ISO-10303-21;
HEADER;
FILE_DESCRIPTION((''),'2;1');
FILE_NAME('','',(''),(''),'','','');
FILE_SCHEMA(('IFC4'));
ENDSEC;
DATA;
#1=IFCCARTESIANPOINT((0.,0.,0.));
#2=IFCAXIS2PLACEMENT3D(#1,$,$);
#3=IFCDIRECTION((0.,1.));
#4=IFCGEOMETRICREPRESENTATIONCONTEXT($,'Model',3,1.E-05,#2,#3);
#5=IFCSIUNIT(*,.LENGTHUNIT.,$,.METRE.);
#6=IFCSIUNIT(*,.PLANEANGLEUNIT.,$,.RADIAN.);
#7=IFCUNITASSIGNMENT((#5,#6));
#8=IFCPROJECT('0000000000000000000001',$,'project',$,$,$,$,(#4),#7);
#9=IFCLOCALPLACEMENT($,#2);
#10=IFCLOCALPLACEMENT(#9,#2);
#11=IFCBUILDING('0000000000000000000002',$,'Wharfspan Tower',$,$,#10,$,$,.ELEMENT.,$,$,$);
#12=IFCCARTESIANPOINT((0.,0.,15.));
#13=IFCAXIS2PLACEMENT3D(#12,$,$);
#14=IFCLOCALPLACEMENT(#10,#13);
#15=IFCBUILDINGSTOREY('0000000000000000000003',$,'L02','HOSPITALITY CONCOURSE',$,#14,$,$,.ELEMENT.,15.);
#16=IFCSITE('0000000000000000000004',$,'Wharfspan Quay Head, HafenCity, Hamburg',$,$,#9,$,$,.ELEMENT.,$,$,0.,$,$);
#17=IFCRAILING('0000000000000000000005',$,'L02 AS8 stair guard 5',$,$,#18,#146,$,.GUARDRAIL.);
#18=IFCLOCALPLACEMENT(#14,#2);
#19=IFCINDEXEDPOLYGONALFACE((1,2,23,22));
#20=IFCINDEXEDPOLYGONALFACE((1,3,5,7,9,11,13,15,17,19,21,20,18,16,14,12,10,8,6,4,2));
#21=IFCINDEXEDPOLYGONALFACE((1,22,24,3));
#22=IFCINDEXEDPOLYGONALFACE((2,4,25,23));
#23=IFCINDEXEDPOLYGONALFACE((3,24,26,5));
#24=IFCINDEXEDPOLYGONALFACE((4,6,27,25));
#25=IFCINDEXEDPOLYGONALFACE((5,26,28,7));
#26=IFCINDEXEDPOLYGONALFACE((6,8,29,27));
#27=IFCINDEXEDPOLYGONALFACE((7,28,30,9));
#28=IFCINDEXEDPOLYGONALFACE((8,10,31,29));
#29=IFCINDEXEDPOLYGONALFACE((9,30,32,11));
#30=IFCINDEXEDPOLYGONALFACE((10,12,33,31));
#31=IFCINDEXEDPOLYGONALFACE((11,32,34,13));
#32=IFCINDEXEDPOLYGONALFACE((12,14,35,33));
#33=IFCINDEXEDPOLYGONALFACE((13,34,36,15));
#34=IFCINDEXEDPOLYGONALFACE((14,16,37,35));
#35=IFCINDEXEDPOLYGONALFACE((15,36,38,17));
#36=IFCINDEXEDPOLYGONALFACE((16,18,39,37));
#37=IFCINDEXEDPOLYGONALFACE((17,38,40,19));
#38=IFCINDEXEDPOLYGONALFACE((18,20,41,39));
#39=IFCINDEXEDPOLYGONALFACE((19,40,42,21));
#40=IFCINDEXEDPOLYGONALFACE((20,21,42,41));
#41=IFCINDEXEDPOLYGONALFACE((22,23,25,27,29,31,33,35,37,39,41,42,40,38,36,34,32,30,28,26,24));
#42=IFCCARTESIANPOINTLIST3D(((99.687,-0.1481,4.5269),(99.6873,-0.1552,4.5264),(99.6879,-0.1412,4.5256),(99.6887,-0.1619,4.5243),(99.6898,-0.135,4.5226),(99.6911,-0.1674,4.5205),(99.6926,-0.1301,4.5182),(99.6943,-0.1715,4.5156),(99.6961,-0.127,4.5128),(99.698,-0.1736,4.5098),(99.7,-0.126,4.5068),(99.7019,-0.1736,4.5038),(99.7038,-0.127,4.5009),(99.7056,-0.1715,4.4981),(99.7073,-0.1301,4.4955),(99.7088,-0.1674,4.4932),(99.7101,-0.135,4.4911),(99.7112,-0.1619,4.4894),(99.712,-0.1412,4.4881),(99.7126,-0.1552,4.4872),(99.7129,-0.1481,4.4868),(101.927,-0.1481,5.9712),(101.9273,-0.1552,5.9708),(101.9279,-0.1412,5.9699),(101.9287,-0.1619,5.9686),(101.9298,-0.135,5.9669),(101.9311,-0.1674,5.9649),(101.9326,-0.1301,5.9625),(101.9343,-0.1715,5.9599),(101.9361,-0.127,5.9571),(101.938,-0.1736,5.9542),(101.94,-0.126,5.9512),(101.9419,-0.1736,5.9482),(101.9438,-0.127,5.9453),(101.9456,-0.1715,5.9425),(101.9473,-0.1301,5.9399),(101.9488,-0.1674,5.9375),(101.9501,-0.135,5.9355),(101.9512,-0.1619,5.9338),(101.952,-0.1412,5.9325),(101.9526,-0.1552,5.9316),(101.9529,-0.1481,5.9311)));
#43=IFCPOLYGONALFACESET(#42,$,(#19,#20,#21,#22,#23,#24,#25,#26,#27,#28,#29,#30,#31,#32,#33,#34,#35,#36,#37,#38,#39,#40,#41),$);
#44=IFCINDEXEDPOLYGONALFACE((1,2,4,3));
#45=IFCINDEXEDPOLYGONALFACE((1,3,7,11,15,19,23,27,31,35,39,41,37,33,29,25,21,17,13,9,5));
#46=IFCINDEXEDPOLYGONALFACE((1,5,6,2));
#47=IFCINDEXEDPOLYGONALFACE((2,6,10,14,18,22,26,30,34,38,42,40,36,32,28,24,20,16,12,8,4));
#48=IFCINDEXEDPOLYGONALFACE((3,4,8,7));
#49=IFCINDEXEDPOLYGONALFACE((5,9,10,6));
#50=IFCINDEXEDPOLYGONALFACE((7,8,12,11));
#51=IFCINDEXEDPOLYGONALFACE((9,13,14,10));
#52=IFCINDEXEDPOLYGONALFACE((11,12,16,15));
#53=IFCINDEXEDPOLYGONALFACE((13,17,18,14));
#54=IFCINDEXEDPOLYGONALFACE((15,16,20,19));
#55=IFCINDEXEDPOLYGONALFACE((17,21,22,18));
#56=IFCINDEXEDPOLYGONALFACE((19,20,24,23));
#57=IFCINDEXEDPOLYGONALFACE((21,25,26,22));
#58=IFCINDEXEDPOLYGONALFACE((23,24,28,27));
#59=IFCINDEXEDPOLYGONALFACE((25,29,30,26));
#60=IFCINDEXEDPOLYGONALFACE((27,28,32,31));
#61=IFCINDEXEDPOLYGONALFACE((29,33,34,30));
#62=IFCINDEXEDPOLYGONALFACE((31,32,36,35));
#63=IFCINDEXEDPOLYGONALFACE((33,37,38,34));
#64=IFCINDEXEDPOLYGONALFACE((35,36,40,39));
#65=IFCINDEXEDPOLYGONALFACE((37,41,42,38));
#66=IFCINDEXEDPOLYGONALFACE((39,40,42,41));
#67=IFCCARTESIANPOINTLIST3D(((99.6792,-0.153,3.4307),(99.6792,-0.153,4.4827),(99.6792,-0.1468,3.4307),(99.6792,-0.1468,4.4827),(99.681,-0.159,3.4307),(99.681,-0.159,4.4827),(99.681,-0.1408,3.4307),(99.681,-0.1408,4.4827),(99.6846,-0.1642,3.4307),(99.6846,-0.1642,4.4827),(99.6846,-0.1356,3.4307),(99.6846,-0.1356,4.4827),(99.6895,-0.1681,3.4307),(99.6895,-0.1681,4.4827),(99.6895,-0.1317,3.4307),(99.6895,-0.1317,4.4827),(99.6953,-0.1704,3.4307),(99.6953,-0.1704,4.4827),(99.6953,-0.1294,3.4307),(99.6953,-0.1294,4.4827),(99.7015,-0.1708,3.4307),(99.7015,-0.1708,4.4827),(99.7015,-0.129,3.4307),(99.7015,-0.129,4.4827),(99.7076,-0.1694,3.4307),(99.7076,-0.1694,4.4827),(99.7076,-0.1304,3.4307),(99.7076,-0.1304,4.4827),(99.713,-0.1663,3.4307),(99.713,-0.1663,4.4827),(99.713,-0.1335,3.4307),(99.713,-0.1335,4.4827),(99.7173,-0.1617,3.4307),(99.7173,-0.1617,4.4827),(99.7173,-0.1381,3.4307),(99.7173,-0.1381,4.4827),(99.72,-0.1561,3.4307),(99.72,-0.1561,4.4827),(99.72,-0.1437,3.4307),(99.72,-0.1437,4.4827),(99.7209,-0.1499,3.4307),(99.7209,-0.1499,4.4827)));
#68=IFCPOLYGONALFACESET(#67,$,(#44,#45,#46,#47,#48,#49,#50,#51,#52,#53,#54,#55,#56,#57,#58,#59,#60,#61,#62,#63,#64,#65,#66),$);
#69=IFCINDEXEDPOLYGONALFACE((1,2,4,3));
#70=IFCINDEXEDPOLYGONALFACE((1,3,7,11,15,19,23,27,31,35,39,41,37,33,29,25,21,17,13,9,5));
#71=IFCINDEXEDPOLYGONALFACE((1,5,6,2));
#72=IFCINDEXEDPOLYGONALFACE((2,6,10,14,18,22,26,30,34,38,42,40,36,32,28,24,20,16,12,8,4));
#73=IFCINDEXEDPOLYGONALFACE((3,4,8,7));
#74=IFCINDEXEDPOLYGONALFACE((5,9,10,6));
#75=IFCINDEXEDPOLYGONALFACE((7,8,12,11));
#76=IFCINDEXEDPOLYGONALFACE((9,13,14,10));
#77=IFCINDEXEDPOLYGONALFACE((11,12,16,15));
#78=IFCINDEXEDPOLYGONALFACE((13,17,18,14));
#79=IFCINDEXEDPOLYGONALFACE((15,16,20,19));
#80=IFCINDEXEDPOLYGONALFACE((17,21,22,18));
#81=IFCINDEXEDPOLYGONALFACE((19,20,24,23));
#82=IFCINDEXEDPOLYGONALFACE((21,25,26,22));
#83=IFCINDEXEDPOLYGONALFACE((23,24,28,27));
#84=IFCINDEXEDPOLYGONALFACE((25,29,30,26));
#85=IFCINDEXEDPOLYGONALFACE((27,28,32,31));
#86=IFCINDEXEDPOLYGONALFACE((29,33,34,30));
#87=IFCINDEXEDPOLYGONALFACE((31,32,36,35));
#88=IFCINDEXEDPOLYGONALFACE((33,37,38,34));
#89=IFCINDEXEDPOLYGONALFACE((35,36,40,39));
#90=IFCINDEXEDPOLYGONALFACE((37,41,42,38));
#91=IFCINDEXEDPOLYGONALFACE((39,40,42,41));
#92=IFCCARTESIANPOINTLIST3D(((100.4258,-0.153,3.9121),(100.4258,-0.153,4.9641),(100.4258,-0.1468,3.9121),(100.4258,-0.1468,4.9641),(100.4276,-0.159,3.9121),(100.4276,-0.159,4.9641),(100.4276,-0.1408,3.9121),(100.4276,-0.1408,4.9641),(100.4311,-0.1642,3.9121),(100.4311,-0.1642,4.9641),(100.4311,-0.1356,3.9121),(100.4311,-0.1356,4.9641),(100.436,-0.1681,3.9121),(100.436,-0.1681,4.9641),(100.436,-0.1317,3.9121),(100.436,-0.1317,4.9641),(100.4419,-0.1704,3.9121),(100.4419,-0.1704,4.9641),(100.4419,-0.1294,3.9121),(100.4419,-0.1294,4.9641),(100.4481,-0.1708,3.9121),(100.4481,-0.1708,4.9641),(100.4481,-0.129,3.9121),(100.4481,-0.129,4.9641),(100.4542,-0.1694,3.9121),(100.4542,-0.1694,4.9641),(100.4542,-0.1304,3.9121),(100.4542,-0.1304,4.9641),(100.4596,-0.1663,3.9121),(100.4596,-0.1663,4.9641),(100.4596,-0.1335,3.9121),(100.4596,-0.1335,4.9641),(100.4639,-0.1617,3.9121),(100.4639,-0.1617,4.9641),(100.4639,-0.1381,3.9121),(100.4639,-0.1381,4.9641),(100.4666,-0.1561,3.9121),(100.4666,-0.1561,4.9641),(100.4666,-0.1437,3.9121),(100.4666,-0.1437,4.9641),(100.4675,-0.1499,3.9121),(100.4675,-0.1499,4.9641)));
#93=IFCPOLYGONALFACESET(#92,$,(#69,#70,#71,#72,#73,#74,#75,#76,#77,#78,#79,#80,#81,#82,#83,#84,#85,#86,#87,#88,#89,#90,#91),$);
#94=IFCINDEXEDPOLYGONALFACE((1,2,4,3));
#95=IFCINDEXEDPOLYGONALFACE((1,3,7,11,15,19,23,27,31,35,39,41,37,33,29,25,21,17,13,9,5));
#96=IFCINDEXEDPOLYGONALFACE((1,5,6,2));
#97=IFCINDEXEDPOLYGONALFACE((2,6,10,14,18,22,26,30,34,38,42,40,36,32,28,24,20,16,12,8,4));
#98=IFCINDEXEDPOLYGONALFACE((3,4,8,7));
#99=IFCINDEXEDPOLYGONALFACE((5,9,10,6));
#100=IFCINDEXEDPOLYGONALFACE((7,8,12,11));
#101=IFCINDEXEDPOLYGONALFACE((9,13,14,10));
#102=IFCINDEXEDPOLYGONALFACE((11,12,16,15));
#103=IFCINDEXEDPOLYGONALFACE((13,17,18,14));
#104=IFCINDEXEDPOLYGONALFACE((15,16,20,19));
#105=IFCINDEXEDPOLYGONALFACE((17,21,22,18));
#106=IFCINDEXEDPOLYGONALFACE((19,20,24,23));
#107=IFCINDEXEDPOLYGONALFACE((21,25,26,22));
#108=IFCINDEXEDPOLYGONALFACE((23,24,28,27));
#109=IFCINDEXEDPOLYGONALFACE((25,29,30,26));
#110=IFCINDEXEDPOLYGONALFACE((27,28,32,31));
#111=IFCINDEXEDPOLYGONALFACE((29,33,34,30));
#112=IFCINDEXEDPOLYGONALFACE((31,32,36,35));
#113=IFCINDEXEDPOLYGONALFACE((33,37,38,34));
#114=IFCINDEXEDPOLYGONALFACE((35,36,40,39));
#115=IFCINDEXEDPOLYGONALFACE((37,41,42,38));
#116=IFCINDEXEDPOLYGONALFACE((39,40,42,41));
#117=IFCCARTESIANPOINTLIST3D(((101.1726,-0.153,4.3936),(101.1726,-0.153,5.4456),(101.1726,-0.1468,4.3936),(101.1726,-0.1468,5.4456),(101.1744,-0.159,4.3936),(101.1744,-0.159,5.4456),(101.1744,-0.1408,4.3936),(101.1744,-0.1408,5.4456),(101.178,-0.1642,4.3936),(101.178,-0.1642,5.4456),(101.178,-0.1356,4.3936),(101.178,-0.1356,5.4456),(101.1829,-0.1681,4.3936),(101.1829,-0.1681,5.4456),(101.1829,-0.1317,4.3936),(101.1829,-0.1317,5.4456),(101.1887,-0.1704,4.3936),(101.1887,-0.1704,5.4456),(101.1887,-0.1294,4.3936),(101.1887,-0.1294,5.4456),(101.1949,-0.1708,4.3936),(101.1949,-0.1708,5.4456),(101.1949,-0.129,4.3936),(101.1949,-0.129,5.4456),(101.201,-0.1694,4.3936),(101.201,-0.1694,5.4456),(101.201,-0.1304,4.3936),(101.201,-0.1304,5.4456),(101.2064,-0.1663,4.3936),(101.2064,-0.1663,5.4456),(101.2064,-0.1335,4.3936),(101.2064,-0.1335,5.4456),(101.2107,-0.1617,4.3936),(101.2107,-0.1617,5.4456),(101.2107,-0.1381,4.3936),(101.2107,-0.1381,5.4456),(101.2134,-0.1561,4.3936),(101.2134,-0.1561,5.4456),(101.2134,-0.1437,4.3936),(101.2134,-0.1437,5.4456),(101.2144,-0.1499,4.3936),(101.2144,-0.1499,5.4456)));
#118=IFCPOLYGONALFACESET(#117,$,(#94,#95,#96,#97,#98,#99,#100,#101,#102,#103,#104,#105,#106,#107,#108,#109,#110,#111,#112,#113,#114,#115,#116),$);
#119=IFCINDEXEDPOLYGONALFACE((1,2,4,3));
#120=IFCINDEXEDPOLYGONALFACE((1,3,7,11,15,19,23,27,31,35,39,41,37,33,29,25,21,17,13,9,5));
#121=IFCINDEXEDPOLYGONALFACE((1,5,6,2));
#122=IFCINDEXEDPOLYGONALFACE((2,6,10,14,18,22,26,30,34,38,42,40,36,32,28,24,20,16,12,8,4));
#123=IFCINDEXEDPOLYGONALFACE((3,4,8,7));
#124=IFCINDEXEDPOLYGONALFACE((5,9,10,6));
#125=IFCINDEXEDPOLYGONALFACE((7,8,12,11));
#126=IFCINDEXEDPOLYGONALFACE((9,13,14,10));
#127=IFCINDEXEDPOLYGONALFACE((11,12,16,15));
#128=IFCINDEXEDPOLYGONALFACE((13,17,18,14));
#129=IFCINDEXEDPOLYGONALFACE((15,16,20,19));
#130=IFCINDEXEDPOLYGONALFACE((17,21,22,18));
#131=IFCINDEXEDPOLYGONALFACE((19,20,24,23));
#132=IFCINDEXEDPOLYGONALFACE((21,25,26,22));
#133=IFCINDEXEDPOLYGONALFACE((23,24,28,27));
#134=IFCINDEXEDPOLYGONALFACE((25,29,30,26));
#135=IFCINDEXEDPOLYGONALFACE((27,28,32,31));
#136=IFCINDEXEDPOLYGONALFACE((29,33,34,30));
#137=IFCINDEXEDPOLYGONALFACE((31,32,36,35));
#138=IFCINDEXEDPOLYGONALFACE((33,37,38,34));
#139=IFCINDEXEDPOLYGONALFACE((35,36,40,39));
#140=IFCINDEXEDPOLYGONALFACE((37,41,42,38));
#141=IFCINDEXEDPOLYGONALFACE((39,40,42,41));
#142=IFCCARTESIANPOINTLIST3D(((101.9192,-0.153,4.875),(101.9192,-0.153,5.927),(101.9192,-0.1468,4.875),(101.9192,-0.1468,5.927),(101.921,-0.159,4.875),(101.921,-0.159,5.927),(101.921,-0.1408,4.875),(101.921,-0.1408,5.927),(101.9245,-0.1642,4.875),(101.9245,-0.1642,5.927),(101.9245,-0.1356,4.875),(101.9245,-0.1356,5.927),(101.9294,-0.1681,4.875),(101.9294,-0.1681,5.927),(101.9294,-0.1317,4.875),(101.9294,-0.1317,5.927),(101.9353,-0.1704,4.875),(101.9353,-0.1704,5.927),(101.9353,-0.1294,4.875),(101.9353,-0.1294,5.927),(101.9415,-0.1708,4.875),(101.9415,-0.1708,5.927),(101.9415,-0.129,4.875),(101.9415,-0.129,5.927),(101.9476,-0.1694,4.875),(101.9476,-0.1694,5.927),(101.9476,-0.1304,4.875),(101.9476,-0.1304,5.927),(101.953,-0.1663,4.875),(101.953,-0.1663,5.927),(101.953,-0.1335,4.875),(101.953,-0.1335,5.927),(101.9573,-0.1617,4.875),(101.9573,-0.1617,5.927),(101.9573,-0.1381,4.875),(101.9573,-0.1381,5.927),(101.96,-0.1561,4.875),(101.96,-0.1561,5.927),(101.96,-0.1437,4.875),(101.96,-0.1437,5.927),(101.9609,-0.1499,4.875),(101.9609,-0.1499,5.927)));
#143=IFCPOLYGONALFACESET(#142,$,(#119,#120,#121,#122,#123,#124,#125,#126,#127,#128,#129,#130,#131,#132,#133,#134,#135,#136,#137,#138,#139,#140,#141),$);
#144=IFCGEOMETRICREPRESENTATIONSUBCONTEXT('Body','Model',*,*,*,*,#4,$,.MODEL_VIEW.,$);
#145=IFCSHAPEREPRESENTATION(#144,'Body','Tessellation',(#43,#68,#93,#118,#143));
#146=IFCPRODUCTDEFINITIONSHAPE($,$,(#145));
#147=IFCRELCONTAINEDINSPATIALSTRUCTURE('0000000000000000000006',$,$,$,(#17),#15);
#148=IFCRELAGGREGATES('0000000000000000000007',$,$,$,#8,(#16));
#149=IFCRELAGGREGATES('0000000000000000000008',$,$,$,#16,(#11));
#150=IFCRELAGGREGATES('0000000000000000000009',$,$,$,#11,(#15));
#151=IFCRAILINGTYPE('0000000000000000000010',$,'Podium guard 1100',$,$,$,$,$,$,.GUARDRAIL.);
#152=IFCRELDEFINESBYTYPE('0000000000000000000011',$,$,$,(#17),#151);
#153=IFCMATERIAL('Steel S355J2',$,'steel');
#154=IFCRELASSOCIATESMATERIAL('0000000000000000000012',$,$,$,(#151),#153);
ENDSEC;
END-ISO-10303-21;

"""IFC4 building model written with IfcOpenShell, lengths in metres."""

from ifc_helpers import new_model, si_unit, direction, frame, origin, origin_2d, place, context, subcontext, project, spatial, circle, extrude, material, type_object, element, save


model = new_model("IFC4")

# Units and contexts
model_context = context("Model", 3, precision=1e-05, world=origin(), true_north=direction((0.0, 1.0)))
body_context = subcontext(model_context, "Body", "Model", "MODEL_VIEW")
ifc_project = project(units=[si_unit("LENGTHUNIT", "METRE"), si_unit("PLANEANGLEUNIT", "RADIAN")], contexts=[model_context])

# Site, building, storey
site_placement = place(None, origin())
site = spatial("IfcSite", under=ifc_project, at=site_placement, Name="Wharfspan Quay Head, HafenCity, Hamburg", CompositionType="ELEMENT", RefElevation=0.0)
building_placement = place(site_placement, origin())
building = spatial("IfcBuilding", under=site, at=building_placement, Name="Wharfspan Tower", CompositionType="ELEMENT")
storey_placement = place(building_placement, frame((0.0, 0.0, 15.0)))
storey = spatial("IfcBuildingStorey", under=building, at=storey_placement, Name="L02", Description="HOSPITALITY CONCOURSE", CompositionType="ELEMENT", Elevation=15.0)

# Railing
ifc_material_1 = material(Name="Steel S355J2", Category="steel")
railing_type_1 = type_object("IfcRailingType", Name="Podium guard 1100", PredefinedType="GUARDRAIL", material=ifc_material_1)
railing_1_placement = place(storey_placement, frame((99.7, -0.1499, 3.4307)))
element("IfcRailing", 1, at=railing_1_placement, inside=storey, type_object=railing_type_1, Name="L02 AS8 stair guard 5", PredefinedType="GUARDRAIL", context=body_context, shape_type="SweptSolid", body=[
    extrude(circle(Radius=0.0239, at=origin_2d()), frame((0.0, 0.0, 1.0762), z_axis=(0.840437, 0.0, 0.54191), x_axis=(0.0, 1.0, 0.0)), (0.0, 0.0, 1.0), 2.6653),
    extrude(circle(Radius=0.021, at=origin_2d()), origin(), (0.0, 0.0, 1.0), 1.052),
    extrude(circle(Radius=0.021, at=origin_2d()), frame((0.7466, 0.0, 0.4814)), (0.0, 0.0, 1.0), 1.052),
    extrude(circle(Radius=0.021, at=origin_2d()), frame((1.4934, 0.0, 0.9629)), (0.0, 0.0, 1.0), 1.052),
    extrude(circle(Radius=0.021, at=origin_2d()), frame((2.24, 0.0, 1.4443)), (0.0, 0.0, 1.0), 1.052),
])

save(model, "model.ifc")
